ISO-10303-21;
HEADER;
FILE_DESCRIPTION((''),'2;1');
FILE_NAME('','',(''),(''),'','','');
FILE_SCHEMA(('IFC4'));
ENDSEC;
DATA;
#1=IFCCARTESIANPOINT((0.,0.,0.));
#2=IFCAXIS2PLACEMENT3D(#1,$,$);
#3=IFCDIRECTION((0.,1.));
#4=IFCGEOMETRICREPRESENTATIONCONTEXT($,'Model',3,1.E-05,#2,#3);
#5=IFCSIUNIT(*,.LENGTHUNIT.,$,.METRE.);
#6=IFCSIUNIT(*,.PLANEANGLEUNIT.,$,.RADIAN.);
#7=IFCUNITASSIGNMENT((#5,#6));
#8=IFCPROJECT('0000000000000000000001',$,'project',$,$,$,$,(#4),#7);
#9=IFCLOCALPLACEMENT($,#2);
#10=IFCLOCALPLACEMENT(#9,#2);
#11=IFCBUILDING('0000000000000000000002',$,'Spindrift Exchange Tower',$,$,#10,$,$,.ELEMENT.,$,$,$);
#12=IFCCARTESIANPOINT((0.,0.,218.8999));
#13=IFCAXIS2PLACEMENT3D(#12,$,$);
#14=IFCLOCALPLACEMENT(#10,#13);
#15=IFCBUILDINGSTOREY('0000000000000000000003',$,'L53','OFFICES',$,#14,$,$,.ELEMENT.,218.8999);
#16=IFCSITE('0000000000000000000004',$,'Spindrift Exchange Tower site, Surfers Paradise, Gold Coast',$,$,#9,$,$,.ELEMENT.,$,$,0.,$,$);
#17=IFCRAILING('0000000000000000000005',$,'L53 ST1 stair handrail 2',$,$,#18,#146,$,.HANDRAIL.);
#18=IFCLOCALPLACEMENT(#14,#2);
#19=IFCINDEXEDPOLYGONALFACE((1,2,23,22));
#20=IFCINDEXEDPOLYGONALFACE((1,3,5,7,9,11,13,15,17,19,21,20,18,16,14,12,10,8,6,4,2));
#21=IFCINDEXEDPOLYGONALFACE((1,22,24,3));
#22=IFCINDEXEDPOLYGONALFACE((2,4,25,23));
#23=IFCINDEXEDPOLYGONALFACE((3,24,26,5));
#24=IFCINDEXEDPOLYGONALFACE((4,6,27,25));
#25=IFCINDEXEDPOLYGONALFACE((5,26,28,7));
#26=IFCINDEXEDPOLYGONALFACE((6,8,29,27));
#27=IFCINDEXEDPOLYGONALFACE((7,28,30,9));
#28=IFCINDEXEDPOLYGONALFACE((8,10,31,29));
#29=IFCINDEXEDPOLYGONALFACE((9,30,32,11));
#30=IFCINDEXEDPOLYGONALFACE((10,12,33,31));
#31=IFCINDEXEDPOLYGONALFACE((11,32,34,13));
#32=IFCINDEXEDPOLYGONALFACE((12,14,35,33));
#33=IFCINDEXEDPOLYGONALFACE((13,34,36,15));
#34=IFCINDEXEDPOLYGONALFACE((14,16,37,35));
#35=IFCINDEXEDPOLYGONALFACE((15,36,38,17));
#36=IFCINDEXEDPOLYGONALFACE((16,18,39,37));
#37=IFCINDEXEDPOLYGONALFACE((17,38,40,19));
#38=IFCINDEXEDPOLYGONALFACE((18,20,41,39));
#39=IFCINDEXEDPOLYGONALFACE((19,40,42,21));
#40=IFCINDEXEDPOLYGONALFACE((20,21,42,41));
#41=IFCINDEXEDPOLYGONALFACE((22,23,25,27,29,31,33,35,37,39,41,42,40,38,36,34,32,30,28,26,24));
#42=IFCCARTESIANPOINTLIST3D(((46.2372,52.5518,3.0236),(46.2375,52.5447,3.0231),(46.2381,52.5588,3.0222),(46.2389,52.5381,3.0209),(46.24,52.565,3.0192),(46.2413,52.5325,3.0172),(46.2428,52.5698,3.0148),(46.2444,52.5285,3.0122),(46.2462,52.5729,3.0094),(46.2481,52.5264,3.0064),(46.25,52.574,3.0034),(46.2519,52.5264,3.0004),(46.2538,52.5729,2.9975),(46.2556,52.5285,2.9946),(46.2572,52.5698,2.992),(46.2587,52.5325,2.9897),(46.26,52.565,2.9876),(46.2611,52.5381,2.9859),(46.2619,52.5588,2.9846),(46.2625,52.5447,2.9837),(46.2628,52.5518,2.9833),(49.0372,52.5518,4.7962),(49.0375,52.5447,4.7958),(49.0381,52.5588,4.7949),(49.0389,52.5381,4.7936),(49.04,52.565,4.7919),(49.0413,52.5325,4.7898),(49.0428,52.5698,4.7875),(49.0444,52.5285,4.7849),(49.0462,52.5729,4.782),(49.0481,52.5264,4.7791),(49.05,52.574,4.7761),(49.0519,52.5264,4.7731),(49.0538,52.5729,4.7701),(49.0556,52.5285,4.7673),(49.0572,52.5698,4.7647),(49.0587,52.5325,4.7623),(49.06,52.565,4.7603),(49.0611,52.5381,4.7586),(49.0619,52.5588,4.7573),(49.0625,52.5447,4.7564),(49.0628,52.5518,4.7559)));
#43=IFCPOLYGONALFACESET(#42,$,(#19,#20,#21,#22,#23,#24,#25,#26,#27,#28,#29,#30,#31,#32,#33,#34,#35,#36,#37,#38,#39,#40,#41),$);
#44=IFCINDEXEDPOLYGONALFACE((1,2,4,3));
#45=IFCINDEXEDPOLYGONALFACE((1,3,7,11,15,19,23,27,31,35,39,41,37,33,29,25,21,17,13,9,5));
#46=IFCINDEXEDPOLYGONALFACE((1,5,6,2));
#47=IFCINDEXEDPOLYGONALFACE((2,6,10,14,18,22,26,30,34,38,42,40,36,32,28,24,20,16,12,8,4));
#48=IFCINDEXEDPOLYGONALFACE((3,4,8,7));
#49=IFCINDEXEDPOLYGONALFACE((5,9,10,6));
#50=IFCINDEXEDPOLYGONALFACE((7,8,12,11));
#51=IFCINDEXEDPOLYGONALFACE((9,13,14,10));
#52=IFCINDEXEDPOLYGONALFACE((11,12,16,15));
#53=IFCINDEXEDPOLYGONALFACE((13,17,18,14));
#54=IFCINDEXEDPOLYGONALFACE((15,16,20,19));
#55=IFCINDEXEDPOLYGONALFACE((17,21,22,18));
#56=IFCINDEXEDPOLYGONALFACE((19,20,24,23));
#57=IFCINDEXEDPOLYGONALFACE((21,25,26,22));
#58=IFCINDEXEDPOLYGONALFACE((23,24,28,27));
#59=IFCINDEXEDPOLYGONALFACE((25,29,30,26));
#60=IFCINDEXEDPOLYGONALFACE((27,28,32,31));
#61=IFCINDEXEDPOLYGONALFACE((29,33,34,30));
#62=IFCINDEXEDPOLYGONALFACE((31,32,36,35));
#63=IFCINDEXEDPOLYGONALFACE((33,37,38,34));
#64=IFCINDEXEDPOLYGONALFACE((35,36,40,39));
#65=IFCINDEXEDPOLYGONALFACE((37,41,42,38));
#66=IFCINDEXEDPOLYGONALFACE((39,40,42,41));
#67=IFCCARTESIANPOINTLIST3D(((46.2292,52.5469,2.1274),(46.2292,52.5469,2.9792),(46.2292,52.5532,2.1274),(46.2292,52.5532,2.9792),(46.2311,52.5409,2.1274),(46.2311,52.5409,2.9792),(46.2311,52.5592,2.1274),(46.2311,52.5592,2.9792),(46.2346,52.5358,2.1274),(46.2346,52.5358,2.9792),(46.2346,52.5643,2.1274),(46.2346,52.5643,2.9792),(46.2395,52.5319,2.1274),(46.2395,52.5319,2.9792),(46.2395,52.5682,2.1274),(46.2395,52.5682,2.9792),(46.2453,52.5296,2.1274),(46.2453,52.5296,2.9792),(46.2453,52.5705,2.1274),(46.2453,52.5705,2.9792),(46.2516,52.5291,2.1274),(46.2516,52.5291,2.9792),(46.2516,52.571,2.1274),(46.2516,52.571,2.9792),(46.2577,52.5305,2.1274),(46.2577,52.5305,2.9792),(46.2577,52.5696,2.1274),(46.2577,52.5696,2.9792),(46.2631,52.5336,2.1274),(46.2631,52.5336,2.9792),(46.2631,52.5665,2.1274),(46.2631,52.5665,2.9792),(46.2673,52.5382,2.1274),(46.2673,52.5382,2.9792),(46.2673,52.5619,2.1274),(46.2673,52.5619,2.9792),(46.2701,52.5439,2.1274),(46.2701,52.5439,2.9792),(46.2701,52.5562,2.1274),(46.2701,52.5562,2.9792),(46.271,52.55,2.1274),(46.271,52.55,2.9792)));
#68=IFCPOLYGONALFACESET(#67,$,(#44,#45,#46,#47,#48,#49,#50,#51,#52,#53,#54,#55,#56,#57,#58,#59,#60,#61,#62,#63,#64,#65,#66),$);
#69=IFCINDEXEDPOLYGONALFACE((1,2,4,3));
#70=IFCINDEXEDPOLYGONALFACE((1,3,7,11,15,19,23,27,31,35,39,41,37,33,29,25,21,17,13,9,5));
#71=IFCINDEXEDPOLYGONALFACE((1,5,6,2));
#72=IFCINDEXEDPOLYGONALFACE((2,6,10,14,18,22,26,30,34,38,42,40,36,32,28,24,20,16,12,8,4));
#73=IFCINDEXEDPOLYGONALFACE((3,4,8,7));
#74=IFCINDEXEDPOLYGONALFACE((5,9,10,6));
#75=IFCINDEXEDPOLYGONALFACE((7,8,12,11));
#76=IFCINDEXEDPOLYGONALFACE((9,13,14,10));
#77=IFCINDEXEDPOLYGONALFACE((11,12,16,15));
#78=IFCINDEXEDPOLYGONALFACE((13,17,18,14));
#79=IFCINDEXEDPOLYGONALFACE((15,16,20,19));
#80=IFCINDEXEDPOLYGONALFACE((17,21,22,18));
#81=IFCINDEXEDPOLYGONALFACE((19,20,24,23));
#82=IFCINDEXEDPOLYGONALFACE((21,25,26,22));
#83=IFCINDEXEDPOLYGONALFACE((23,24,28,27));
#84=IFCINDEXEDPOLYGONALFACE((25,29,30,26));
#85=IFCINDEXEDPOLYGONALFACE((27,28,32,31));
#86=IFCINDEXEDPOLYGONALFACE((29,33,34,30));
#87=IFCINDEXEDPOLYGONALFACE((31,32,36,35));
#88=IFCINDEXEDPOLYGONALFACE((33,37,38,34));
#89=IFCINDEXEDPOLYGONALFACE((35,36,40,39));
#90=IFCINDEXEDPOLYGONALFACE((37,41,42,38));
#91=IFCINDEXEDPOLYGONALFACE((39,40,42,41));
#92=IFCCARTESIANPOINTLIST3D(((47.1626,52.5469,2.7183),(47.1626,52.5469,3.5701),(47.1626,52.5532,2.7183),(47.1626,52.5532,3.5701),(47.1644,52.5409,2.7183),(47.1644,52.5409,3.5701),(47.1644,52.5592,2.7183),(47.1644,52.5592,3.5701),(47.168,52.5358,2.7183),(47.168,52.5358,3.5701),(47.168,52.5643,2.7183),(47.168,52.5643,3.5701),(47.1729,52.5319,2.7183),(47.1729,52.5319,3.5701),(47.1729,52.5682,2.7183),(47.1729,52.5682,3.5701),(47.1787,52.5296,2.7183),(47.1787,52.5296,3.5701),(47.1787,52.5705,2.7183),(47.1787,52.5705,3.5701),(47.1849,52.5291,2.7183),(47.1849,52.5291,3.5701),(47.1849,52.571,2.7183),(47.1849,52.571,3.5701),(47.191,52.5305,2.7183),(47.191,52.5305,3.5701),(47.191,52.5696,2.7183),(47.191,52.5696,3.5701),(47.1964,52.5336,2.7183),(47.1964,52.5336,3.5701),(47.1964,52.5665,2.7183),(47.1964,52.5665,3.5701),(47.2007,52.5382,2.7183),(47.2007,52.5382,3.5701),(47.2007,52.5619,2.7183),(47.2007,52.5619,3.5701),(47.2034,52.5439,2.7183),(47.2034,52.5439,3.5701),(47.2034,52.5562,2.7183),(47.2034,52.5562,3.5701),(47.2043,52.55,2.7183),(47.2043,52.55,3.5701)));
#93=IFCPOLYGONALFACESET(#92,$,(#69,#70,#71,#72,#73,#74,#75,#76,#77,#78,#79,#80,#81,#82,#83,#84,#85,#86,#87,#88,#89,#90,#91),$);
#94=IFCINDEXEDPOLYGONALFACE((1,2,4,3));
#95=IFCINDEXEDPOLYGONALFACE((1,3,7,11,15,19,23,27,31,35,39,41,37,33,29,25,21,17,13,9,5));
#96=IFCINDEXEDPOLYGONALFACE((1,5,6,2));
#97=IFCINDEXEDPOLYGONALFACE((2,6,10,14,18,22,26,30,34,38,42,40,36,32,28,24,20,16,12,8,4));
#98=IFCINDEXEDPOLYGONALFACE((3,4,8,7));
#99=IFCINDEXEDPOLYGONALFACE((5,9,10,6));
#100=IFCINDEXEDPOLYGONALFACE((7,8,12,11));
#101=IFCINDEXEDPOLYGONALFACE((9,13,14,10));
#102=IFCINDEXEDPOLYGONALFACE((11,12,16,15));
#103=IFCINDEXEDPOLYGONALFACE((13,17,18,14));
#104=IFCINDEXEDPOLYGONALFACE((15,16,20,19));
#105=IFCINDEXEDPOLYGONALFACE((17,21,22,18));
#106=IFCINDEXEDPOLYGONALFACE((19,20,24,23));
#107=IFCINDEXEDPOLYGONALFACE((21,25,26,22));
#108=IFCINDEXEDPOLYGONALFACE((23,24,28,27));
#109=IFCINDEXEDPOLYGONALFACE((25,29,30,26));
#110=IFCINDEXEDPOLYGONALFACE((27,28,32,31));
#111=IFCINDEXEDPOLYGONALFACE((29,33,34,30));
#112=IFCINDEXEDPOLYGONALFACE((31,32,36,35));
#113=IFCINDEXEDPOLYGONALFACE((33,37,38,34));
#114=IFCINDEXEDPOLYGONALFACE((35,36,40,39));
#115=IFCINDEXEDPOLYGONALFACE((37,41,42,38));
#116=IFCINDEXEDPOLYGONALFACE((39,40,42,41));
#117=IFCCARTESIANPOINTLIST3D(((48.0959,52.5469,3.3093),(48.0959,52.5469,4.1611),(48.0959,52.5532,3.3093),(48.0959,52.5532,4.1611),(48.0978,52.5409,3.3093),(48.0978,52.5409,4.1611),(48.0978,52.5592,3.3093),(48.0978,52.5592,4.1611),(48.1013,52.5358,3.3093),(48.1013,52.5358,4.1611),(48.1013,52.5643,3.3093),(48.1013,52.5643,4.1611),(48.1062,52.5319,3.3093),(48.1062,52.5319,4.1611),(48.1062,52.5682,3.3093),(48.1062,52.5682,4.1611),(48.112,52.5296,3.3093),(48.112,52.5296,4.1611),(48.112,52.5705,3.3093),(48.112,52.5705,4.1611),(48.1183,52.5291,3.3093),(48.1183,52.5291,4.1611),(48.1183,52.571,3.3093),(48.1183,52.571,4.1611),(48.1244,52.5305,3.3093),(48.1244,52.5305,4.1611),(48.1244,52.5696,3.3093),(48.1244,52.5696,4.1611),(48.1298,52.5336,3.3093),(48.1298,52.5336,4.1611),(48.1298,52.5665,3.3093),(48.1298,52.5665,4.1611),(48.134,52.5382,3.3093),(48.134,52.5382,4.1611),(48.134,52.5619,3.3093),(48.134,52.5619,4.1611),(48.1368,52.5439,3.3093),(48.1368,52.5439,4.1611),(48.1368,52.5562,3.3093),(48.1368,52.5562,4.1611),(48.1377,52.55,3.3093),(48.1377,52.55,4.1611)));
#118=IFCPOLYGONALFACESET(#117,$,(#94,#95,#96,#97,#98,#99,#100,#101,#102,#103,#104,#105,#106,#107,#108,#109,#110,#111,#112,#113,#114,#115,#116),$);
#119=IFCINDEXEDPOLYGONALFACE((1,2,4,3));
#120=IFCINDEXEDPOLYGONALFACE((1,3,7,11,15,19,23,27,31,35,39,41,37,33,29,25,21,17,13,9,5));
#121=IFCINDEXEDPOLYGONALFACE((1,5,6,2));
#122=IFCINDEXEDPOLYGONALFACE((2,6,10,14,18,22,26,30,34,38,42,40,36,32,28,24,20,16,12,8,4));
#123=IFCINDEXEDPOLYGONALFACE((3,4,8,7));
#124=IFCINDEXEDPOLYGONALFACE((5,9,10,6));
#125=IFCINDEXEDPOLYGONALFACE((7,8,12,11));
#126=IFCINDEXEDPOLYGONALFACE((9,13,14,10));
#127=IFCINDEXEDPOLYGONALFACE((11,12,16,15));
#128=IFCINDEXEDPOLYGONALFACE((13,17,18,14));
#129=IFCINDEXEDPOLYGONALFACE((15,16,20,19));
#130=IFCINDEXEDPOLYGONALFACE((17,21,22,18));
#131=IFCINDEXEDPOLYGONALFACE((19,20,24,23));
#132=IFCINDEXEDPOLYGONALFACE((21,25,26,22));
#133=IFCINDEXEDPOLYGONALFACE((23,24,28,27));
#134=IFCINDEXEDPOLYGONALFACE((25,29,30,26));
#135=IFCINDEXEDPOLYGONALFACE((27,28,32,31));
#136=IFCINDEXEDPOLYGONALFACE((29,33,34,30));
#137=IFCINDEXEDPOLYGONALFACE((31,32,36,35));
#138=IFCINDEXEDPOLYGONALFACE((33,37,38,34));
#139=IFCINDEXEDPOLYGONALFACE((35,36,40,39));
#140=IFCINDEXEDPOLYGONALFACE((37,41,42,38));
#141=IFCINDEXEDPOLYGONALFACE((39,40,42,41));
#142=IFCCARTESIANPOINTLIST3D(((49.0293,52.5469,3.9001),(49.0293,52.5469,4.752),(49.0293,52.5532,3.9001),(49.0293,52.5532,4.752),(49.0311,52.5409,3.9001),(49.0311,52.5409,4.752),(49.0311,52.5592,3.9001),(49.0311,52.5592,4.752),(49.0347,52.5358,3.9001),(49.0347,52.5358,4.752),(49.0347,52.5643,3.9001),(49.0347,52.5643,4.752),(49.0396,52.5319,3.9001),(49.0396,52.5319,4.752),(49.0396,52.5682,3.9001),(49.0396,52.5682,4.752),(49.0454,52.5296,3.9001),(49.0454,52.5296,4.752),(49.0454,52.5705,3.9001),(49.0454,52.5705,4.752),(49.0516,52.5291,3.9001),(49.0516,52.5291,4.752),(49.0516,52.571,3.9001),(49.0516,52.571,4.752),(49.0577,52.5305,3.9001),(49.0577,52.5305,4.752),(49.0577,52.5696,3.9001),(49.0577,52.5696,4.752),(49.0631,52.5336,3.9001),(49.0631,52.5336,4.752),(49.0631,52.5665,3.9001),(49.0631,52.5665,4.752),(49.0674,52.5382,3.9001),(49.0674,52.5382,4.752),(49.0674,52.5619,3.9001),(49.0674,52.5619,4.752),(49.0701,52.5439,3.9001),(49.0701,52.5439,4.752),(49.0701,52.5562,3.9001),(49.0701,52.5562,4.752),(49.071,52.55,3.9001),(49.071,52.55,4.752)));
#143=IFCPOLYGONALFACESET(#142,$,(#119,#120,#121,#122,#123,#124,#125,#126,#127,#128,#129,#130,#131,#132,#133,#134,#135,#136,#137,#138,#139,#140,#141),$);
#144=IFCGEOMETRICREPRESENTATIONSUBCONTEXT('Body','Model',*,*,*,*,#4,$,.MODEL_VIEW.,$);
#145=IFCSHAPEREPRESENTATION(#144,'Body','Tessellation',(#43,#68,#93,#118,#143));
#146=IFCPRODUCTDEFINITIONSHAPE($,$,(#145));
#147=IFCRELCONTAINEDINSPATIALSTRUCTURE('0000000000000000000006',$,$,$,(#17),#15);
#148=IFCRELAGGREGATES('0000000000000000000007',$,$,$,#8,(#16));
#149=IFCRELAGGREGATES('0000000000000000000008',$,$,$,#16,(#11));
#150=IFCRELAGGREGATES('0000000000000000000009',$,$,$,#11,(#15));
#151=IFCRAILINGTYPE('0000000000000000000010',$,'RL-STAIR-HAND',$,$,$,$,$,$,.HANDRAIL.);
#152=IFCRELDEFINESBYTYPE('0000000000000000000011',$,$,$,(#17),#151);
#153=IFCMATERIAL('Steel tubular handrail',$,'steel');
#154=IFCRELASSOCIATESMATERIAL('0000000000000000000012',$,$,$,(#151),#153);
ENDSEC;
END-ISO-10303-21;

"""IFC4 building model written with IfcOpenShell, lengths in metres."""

from ifc_helpers import new_model, si_unit, direction, frame, origin, origin_2d, place, context, subcontext, project, spatial, circle, extrude, material, type_object, element, save


model = new_model("IFC4")

# Units and contexts
model_context = context("Model", 3, precision=1e-05, world=origin(), true_north=direction((0.0, 1.0)))
body_context = subcontext(model_context, "Body", "Model", "MODEL_VIEW")
ifc_project = project(units=[si_unit("LENGTHUNIT", "METRE"), si_unit("PLANEANGLEUNIT", "RADIAN")], contexts=[model_context])

# Site, building, storey
site_placement = place(None, origin())
site = spatial("IfcSite", under=ifc_project, at=site_placement, Name="Spindrift Exchange Tower site, Surfers Paradise, Gold Coast", CompositionType="ELEMENT", RefElevation=0.0)
building_placement = place(site_placement, origin())
building = spatial("IfcBuilding", under=site, at=building_placement, Name="Spindrift Exchange Tower", CompositionType="ELEMENT")
storey_placement = place(building_placement, frame((0.0, 0.0, 218.8999)))
storey = spatial("IfcBuildingStorey", under=building, at=storey_placement, Name="L53", Description="OFFICES", CompositionType="ELEMENT", Elevation=218.8999)

# Railing
ifc_material_1 = material(Name="Steel tubular handrail", Category="steel")
railing_type_1 = type_object("IfcRailingType", Name="RL-STAIR-HAND", PredefinedType="HANDRAIL", material=ifc_material_1)
railing_1_placement = place(storey_placement, frame((46.25, 52.55, 2.1274)))
element("IfcRailing", 1, at=railing_1_placement, inside=storey, type_object=railing_type_1, Name="L53 ST1 stair handrail 2", PredefinedType="HANDRAIL", context=body_context, shape_type="SweptSolid", body=[
    extrude(circle(Radius=0.0239, at=origin_2d()), frame((0.0, 0.0, 0.876), z_axis=(0.844909, 0.0, 0.53491), x_axis=(0.0, 1.0, 0.0)), (0.0, 0.0, 1.0), 3.314),
    extrude(circle(Radius=0.021, at=origin_2d()), origin(), (0.0, 0.0, 1.0), 0.8518),
    extrude(circle(Radius=0.021, at=origin_2d()), frame((0.9333, 0.0, 0.5908)), (0.0, 0.0, 1.0), 0.8518),
    extrude(circle(Radius=0.021, at=origin_2d()), frame((1.8667, 0.0, 1.1819)), (0.0, 0.0, 1.0), 0.8518),
    extrude(circle(Radius=0.021, at=origin_2d()), frame((2.8, 0.0, 1.7727)), (0.0, 0.0, 1.0), 0.8518),
])

save(model, "model.ifc")
